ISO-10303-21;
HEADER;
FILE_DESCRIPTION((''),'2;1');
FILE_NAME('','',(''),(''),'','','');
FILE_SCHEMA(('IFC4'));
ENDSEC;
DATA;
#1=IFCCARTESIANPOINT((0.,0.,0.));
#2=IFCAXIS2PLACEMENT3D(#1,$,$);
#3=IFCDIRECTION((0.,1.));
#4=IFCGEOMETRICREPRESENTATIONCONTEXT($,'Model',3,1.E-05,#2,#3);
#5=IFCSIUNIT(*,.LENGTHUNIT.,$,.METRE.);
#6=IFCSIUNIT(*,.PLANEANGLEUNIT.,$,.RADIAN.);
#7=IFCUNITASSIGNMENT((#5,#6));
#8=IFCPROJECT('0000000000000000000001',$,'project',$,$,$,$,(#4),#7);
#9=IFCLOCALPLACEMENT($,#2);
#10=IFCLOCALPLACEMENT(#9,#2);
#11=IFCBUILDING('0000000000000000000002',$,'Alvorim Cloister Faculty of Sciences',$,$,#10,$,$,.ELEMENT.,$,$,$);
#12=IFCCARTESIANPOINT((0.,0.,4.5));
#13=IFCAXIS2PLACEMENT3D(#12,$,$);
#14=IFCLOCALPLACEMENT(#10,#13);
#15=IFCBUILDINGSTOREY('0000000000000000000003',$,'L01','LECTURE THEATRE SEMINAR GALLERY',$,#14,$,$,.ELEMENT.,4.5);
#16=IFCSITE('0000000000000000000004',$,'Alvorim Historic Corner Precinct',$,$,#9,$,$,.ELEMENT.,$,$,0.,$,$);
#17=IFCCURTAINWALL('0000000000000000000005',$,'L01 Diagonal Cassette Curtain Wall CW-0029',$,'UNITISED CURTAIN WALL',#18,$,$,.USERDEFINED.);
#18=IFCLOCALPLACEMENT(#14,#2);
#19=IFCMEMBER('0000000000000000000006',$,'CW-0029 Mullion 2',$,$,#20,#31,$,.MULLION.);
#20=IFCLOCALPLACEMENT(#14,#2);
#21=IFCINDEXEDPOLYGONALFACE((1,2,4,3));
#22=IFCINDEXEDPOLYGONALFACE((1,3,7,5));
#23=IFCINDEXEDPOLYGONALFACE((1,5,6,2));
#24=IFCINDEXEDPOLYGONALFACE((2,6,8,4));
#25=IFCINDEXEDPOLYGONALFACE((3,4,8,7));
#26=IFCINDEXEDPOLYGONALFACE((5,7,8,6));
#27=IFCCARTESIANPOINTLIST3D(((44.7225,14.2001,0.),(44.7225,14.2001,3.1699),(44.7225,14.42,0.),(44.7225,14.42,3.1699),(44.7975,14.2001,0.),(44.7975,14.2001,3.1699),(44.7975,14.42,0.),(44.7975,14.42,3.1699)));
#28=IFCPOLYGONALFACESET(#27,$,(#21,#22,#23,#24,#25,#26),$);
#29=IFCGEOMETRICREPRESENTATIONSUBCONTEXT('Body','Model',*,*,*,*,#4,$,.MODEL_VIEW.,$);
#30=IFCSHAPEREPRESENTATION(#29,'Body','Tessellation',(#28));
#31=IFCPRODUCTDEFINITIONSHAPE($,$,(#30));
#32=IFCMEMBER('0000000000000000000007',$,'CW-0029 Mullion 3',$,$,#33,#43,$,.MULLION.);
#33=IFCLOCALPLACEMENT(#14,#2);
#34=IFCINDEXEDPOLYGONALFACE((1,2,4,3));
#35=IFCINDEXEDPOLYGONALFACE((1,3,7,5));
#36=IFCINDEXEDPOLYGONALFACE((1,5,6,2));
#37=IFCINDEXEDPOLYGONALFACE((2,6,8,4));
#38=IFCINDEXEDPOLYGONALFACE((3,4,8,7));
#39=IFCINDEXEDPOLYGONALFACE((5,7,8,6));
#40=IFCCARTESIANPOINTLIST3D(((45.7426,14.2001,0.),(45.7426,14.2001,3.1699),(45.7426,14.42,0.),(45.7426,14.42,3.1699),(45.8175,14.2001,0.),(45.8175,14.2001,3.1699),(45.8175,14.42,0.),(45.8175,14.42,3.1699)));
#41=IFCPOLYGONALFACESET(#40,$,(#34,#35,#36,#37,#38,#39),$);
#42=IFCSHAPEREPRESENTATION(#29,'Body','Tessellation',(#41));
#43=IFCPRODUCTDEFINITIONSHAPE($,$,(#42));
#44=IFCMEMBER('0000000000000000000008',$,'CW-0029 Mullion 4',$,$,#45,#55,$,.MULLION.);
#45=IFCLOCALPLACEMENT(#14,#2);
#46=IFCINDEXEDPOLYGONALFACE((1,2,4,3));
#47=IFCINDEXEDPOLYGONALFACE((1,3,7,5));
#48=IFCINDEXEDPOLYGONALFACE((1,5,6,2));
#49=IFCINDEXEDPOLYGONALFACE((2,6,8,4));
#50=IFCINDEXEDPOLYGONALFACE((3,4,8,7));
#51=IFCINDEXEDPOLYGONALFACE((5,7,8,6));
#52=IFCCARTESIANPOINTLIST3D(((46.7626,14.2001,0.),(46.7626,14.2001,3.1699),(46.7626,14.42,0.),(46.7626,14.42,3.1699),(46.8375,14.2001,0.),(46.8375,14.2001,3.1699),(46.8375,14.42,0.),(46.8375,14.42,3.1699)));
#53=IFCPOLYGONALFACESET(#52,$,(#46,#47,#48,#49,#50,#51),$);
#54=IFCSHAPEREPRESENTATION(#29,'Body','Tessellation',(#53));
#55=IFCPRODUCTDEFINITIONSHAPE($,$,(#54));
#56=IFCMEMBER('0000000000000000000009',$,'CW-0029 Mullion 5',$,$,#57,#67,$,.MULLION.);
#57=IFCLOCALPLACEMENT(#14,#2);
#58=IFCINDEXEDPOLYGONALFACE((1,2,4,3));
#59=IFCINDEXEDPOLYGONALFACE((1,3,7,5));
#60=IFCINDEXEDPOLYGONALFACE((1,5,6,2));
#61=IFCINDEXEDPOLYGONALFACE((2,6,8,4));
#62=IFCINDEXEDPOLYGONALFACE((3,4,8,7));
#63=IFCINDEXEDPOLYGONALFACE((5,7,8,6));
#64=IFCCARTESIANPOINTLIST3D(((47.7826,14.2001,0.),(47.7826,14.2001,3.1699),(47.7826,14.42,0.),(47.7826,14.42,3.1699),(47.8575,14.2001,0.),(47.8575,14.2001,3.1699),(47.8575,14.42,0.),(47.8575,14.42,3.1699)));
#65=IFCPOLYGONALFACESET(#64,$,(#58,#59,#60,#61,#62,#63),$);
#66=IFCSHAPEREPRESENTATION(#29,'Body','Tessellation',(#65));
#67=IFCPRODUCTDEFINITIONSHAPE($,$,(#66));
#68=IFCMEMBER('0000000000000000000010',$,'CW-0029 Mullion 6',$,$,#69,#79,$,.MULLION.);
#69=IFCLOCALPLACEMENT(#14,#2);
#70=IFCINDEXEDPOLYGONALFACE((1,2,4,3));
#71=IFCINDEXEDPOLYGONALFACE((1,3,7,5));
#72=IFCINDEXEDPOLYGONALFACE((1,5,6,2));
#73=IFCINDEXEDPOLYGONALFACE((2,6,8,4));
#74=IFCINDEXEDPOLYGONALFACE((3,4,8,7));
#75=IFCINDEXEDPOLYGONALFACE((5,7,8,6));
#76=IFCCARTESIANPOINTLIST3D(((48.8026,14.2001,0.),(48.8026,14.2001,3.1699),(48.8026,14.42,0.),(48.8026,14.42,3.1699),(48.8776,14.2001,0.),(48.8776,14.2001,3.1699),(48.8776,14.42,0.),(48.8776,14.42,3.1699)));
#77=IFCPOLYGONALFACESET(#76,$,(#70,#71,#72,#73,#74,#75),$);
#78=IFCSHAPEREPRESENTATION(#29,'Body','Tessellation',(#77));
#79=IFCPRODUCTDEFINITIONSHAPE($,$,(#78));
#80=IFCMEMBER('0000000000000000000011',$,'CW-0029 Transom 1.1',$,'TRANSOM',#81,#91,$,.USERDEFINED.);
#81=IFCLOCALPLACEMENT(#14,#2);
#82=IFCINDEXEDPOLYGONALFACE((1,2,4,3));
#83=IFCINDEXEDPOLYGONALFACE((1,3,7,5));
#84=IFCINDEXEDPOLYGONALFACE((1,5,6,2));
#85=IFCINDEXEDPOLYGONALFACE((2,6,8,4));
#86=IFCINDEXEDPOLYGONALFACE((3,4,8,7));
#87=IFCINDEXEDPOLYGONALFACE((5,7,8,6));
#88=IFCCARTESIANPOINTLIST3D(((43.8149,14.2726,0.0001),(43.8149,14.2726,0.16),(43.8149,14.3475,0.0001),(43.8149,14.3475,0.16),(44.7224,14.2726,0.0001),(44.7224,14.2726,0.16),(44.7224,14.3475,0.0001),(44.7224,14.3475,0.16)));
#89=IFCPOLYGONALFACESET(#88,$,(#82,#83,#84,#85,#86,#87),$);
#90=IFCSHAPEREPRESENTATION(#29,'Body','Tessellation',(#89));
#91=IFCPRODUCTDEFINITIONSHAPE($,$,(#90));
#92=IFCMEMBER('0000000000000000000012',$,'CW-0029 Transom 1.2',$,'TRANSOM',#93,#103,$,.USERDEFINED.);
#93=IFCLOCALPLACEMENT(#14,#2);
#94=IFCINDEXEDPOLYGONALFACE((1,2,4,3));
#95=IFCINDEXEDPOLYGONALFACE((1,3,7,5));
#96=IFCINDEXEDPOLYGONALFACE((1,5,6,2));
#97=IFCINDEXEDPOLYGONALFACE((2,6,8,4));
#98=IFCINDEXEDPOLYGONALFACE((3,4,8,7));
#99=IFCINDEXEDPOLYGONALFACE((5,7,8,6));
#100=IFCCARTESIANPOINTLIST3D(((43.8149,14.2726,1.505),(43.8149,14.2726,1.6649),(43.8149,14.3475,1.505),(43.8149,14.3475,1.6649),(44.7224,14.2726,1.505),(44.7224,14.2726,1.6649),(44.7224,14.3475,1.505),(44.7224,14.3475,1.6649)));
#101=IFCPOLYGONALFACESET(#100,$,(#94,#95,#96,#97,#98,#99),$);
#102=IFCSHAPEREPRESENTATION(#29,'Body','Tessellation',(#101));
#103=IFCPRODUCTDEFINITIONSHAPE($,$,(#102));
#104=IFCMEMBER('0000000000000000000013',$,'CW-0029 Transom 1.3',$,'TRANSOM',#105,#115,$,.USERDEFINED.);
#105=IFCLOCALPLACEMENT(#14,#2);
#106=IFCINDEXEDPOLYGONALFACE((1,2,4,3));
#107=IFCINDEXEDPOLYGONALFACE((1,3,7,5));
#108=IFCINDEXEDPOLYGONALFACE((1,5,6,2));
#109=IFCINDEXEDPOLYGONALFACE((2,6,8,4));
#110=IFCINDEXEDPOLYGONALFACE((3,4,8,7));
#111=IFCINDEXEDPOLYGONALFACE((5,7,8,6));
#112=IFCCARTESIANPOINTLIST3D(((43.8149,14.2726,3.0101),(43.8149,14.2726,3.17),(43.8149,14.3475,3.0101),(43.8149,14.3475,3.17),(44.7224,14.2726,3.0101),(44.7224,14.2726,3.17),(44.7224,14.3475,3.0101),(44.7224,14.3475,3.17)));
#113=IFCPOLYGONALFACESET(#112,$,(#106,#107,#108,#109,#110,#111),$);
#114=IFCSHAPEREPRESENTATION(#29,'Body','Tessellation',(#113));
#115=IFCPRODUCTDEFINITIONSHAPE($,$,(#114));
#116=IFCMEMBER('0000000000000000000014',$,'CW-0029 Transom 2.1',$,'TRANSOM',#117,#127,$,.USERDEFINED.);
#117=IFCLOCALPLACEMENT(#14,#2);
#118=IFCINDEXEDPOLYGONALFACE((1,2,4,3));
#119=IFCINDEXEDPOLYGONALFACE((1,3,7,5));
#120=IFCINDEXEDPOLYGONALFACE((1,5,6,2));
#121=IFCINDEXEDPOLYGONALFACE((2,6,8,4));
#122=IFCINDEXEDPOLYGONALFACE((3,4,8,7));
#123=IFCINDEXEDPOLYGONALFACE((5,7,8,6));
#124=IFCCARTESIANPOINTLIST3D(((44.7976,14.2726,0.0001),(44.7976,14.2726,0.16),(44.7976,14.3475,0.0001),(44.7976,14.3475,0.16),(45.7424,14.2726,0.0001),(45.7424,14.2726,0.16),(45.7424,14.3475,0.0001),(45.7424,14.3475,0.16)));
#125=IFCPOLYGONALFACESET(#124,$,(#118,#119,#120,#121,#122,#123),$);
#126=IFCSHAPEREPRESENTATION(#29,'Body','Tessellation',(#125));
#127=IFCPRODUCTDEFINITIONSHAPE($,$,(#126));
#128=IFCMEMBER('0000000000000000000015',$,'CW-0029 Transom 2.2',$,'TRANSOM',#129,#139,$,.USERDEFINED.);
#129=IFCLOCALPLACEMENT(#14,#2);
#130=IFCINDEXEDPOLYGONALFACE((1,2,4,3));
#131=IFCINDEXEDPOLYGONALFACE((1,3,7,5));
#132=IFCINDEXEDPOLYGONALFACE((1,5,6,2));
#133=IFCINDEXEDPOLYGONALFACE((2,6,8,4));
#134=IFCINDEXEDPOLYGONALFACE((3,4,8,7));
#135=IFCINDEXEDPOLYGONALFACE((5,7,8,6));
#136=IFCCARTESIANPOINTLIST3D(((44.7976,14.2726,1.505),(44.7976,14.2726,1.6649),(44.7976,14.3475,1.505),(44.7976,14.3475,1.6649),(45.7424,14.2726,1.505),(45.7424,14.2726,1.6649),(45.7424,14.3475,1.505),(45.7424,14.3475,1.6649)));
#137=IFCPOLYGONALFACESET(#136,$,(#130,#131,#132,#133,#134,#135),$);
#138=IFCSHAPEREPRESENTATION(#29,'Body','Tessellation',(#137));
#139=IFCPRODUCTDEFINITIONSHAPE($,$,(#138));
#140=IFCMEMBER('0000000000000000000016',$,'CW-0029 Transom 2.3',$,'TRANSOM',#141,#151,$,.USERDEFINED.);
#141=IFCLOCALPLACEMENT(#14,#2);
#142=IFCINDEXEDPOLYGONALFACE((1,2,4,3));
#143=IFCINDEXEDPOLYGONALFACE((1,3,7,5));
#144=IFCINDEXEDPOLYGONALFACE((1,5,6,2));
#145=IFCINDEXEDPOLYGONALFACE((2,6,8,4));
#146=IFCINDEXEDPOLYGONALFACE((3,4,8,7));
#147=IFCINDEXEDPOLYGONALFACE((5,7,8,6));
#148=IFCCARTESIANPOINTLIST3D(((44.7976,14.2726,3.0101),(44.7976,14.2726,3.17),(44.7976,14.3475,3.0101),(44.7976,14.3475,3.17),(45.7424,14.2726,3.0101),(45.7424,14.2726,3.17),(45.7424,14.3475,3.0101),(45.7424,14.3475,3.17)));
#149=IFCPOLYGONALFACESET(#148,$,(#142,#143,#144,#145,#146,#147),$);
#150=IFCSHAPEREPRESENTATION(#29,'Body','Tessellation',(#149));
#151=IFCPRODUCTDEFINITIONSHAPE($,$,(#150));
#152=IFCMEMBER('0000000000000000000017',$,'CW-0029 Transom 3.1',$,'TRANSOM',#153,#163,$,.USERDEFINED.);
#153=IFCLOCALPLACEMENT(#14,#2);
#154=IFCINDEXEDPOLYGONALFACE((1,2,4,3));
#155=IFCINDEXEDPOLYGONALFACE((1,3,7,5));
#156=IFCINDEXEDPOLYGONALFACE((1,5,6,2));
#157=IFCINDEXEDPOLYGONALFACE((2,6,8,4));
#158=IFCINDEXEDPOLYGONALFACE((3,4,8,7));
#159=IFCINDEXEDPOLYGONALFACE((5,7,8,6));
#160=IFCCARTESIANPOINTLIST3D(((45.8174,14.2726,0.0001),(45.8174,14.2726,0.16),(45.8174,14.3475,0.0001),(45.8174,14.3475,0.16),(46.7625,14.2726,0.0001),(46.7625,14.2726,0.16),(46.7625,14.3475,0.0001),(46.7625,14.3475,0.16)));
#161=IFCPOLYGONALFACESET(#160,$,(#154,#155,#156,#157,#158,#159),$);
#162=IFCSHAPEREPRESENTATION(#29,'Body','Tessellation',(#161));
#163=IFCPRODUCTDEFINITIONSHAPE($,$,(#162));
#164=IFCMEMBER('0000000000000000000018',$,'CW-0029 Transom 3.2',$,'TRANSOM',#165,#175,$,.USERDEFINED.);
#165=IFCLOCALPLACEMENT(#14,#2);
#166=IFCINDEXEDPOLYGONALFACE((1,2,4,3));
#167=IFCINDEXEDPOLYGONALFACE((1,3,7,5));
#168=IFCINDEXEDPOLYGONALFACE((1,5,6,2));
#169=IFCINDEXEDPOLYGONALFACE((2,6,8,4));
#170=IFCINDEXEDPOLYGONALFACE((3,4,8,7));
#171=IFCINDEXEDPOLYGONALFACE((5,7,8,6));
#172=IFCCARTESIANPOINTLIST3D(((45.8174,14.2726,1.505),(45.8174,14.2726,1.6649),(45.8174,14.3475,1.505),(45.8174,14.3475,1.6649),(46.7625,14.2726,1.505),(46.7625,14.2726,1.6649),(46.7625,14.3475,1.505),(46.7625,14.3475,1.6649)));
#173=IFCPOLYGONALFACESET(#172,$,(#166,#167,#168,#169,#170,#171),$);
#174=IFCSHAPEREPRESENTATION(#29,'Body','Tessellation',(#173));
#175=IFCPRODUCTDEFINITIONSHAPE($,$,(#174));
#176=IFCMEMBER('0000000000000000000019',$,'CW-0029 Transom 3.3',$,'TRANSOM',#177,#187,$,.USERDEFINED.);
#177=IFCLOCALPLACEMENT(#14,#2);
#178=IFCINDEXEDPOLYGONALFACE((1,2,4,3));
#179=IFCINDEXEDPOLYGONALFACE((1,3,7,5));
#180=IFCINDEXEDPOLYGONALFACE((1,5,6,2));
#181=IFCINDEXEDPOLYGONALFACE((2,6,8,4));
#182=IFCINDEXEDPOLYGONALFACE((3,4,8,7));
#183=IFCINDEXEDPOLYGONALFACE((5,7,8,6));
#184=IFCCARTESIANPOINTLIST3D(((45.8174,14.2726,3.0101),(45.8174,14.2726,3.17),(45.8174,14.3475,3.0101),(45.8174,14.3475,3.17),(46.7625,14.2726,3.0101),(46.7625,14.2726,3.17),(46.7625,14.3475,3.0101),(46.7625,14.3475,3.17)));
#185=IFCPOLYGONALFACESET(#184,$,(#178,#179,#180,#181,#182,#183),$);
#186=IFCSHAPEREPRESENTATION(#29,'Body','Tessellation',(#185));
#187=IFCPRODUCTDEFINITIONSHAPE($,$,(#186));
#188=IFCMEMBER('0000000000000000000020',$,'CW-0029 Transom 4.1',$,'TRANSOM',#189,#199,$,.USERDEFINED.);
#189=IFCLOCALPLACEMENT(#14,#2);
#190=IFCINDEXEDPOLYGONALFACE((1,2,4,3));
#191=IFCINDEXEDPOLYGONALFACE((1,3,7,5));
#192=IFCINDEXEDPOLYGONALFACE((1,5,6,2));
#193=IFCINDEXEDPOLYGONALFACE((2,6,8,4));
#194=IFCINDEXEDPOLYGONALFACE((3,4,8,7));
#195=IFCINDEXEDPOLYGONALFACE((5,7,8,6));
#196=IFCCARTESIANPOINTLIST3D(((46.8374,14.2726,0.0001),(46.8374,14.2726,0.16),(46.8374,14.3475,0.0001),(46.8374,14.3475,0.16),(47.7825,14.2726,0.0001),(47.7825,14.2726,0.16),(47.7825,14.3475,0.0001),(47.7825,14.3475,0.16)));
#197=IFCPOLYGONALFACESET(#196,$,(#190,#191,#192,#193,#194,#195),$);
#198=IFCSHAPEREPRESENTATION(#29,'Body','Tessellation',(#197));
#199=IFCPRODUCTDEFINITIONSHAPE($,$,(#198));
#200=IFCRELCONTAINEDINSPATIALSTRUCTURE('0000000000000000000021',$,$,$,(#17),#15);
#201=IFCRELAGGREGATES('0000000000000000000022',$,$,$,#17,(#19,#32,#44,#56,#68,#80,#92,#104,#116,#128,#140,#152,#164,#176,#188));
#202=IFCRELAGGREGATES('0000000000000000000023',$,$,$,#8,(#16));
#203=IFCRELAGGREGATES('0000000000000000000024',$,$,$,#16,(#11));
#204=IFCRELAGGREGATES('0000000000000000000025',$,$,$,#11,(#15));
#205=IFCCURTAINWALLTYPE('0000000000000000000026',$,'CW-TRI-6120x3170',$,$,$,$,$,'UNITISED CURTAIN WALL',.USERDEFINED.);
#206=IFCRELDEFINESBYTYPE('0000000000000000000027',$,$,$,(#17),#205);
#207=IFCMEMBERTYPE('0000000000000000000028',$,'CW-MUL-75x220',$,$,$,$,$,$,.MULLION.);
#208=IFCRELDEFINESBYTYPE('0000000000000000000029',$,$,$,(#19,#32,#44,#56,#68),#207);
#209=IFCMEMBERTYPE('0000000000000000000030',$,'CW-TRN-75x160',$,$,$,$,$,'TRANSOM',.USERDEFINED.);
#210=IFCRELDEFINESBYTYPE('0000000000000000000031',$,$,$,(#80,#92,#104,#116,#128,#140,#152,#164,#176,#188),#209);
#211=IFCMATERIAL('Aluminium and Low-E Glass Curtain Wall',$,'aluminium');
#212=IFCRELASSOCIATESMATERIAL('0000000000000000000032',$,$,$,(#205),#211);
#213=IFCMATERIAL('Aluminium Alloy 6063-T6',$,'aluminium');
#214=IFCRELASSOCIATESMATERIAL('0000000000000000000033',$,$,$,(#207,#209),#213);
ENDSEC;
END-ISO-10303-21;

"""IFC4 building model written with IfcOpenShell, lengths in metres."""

from ifc_helpers import new_model, si_unit, direction, frame, origin, origin_2d, place, context, subcontext, project, spatial, rectangle, extrude, material, material_profile, profile_set, type_object, element, aggregate, save


model = new_model("IFC4")

# Units and contexts
model_context = context("Model", 3, precision=1e-05, world=origin(), true_north=direction((0.0, 1.0)))
body_context = subcontext(model_context, "Body", "Model", "MODEL_VIEW")
ifc_project = project(units=[si_unit("LENGTHUNIT", "METRE"), si_unit("PLANEANGLEUNIT", "RADIAN")], contexts=[model_context])

# Site, building, storey
site_placement = place(None, origin())
site = spatial("IfcSite", under=ifc_project, at=site_placement, Name="Alvorim Historic Corner Precinct", CompositionType="ELEMENT", RefElevation=0.0)
building_placement = place(site_placement, origin())
building = spatial("IfcBuilding", under=site, at=building_placement, Name="Alvorim Cloister Faculty of Sciences", CompositionType="ELEMENT")
storey_placement = place(building_placement, frame((0.0, 0.0, 4.5)))
storey = spatial("IfcBuildingStorey", under=building, at=storey_placement, Name="L01", Description="LECTURE THEATRE SEMINAR GALLERY", CompositionType="ELEMENT", Elevation=4.5)

# Curtain wall, members
ifc_material_1 = material(Name="Aluminium and Low-E Glass Curtain Wall", Category="aluminium")
curtain_wall_type = type_object("IfcCurtainWallType", Name="CW-TRI-6120x3170", ElementType="UNITISED CURTAIN WALL", PredefinedType="USERDEFINED", material=ifc_material_1)
curtain_wall_placement = place(storey_placement, origin())
curtain_wall = element("IfcCurtainWall", 1, at=curtain_wall_placement, inside=storey, type_object=curtain_wall_type, Name="L01 Diagonal Cassette Curtain Wall CW-0029", ObjectType="UNITISED CURTAIN WALL", PredefinedType="USERDEFINED")
ifc_material_2 = material(Name="Aluminium Alloy 6063-T6", Category="aluminium")
ifc_material_profile_1 = material_profile(ifc_material_2, rectangle(XDim=0.075, YDim=0.22, at=origin_2d()), Name="ALU-MUL-75x220")
ifc_profile_set_1 = profile_set([ifc_material_profile_1], Name="Aluminium Alloy 6063-T6")
member_type_1 = type_object("IfcMemberType", Name="CW-MUL-75x220", PredefinedType="MULLION", material=ifc_profile_set_1)
member_1_placement = place(storey_placement, frame((44.76, 14.3101, 0.0), z_axis=(0.0, 0.0, 1.0), x_axis=(1.0, 0.0, 0.0)))
member_1 = element("IfcMember", 2, at=member_1_placement, type_object=member_type_1, Name="CW-0029 Mullion 2", PredefinedType="MULLION", context=body_context, shape_type="SweptSolid", body=[
    extrude(rectangle(XDim=0.075, YDim=0.22, at=origin_2d()), origin(), (0.0, 0.0, 1.0), 3.1699),
])
member_2_placement = place(storey_placement, frame((45.78, 14.3101, 0.0), z_axis=(0.0, 0.0, 1.0), x_axis=(1.0, 0.0, 0.0)))
member_2 = element("IfcMember", 3, at=member_2_placement, type_object=member_type_1, Name="CW-0029 Mullion 3", PredefinedType="MULLION", context=body_context, shape_type="SweptSolid", body=[
    extrude(rectangle(XDim=0.075, YDim=0.22, at=origin_2d()), origin(), (0.0, 0.0, 1.0), 3.1699),
])
member_3_placement = place(storey_placement, frame((46.8, 14.3101, 0.0), z_axis=(0.0, 0.0, 1.0), x_axis=(1.0, 0.0, 0.0)))
member_3 = element("IfcMember", 4, at=member_3_placement, type_object=member_type_1, Name="CW-0029 Mullion 4", PredefinedType="MULLION", context=body_context, shape_type="SweptSolid", body=[
    extrude(rectangle(XDim=0.075, YDim=0.22, at=origin_2d()), origin(), (0.0, 0.0, 1.0), 3.1699),
])
member_4_placement = place(storey_placement, frame((47.8201, 14.3101, 0.0), z_axis=(0.0, 0.0, 1.0), x_axis=(1.0, 0.0, 0.0)))
member_4 = element("IfcMember", 5, at=member_4_placement, type_object=member_type_1, Name="CW-0029 Mullion 5", PredefinedType="MULLION", context=body_context, shape_type="SweptSolid", body=[
    extrude(rectangle(XDim=0.075, YDim=0.22, at=origin_2d()), origin(), (0.0, 0.0, 1.0), 3.1699),
])
member_5_placement = place(storey_placement, frame((48.8401, 14.3101, 0.0), z_axis=(0.0, 0.0, 1.0), x_axis=(1.0, 0.0, 0.0)))
member_5 = element("IfcMember", 6, at=member_5_placement, type_object=member_type_1, Name="CW-0029 Mullion 6", PredefinedType="MULLION", context=body_context, shape_type="SweptSolid", body=[
    extrude(rectangle(XDim=0.075, YDim=0.22, at=origin_2d()), origin(), (0.0, 0.0, 1.0), 3.1699),
])
ifc_material_profile_2 = material_profile(ifc_material_2, rectangle(XDim=0.075, YDim=0.1599, at=origin_2d()), Name="ALU-TRN-75x160")
ifc_profile_set_2 = profile_set([ifc_material_profile_2], Name="Aluminium Alloy 6063-T6")
member_type_2 = type_object("IfcMemberType", Name="CW-TRN-75x160", ElementType="TRANSOM", PredefinedType="USERDEFINED", material=ifc_profile_set_2)
member_6_placement = place(storey_placement, frame((43.8149, 14.3101, 0.0801), z_axis=(1.0, 0.0, 0.0), x_axis=(0.0, 1.0, 0.0)))
member_6 = element("IfcMember", 7, at=member_6_placement, type_object=member_type_2, Name="CW-0029 Transom 1.1", ObjectType="TRANSOM", PredefinedType="USERDEFINED", context=body_context, shape_type="SweptSolid", body=[
    extrude(rectangle(XDim=0.075, YDim=0.1599, at=origin_2d()), origin(), (0.0, 0.0, 1.0), 0.9075),
])
member_7_placement = place(storey_placement, frame((43.8149, 14.3101, 1.585), z_axis=(1.0, 0.0, 0.0), x_axis=(0.0, 1.0, 0.0)))
member_7 = element("IfcMember", 8, at=member_7_placement, type_object=member_type_2, Name="CW-0029 Transom 1.2", ObjectType="TRANSOM", PredefinedType="USERDEFINED", context=body_context, shape_type="SweptSolid", body=[
    extrude(rectangle(XDim=0.075, YDim=0.1599, at=origin_2d()), origin(), (0.0, 0.0, 1.0), 0.9075),
])
member_8_placement = place(storey_placement, frame((43.8149, 14.3101, 3.0901), z_axis=(1.0, 0.0, 0.0), x_axis=(0.0, 1.0, 0.0)))
member_8 = element("IfcMember", 9, at=member_8_placement, type_object=member_type_2, Name="CW-0029 Transom 1.3", ObjectType="TRANSOM", PredefinedType="USERDEFINED", context=body_context, shape_type="SweptSolid", body=[
    extrude(rectangle(XDim=0.075, YDim=0.1599, at=origin_2d()), origin(), (0.0, 0.0, 1.0), 0.9075),
])
member_9_placement = place(storey_placement, frame((44.7976, 14.3101, 0.0801), z_axis=(1.0, 0.0, 0.0), x_axis=(0.0, 1.0, 0.0)))
member_9 = element("IfcMember", 10, at=member_9_placement, type_object=member_type_2, Name="CW-0029 Transom 2.1", ObjectType="TRANSOM", PredefinedType="USERDEFINED", context=body_context, shape_type="SweptSolid", body=[
    extrude(rectangle(XDim=0.075, YDim=0.1599, at=origin_2d()), origin(), (0.0, 0.0, 1.0), 0.9448),
])
member_10_placement = place(storey_placement, frame((44.7976, 14.3101, 1.585), z_axis=(1.0, 0.0, 0.0), x_axis=(0.0, 1.0, 0.0)))
member_10 = element("IfcMember", 11, at=member_10_placement, type_object=member_type_2, Name="CW-0029 Transom 2.2", ObjectType="TRANSOM", PredefinedType="USERDEFINED", context=body_context, shape_type="SweptSolid", body=[
    extrude(rectangle(XDim=0.075, YDim=0.1599, at=origin_2d()), origin(), (0.0, 0.0, 1.0), 0.9448),
])
member_11_placement = place(storey_placement, frame((44.7976, 14.3101, 3.0901), z_axis=(1.0, 0.0, 0.0), x_axis=(0.0, 1.0, 0.0)))
member_11 = element("IfcMember", 12, at=member_11_placement, type_object=member_type_2, Name="CW-0029 Transom 2.3", ObjectType="TRANSOM", PredefinedType="USERDEFINED", context=body_context, shape_type="SweptSolid", body=[
    extrude(rectangle(XDim=0.075, YDim=0.1599, at=origin_2d()), origin(), (0.0, 0.0, 1.0), 0.9448),
])
member_12_placement = place(storey_placement, frame((45.8174, 14.3101, 0.0801), z_axis=(1.0, 0.0, 0.0), x_axis=(0.0, 1.0, 0.0)))
member_12 = element("IfcMember", 13, at=member_12_placement, type_object=member_type_2, Name="CW-0029 Transom 3.1", ObjectType="TRANSOM", PredefinedType="USERDEFINED", context=body_context, shape_type="SweptSolid", body=[
    extrude(rectangle(XDim=0.075, YDim=0.1599, at=origin_2d()), origin(), (0.0, 0.0, 1.0), 0.9451),
])
member_13_placement = place(storey_placement, frame((45.8174, 14.3101, 1.585), z_axis=(1.0, 0.0, 0.0), x_axis=(0.0, 1.0, 0.0)))
member_13 = element("IfcMember", 14, at=member_13_placement, type_object=member_type_2, Name="CW-0029 Transom 3.2", ObjectType="TRANSOM", PredefinedType="USERDEFINED", context=body_context, shape_type="SweptSolid", body=[
    extrude(rectangle(XDim=0.075, YDim=0.1599, at=origin_2d()), origin(), (0.0, 0.0, 1.0), 0.9451),
])
member_14_placement = place(storey_placement, frame((45.8174, 14.3101, 3.0901), z_axis=(1.0, 0.0, 0.0), x_axis=(0.0, 1.0, 0.0)))
member_14 = element("IfcMember", 15, at=member_14_placement, type_object=member_type_2, Name="CW-0029 Transom 3.3", ObjectType="TRANSOM", PredefinedType="USERDEFINED", context=body_context, shape_type="SweptSolid", body=[
    extrude(rectangle(XDim=0.075, YDim=0.1599, at=origin_2d()), origin(), (0.0, 0.0, 1.0), 0.9451),
])
member_15_placement = place(storey_placement, frame((46.8374, 14.3101, 0.0801), z_axis=(1.0, 0.0, 0.0), x_axis=(0.0, 1.0, 0.0)))
member_15 = element("IfcMember", 16, at=member_15_placement, type_object=member_type_2, Name="CW-0029 Transom 4.1", ObjectType="TRANSOM", PredefinedType="USERDEFINED", context=body_context, shape_type="SweptSolid", body=[
    extrude(rectangle(XDim=0.075, YDim=0.1599, at=origin_2d()), origin(), (0.0, 0.0, 1.0), 0.9451),
])
aggregate(curtain_wall, [member_1, member_2, member_3, member_4, member_5, member_6, member_7, member_8, member_9, member_10, member_11, member_12, member_13, member_14, member_15])

save(model, "model.ifc")
